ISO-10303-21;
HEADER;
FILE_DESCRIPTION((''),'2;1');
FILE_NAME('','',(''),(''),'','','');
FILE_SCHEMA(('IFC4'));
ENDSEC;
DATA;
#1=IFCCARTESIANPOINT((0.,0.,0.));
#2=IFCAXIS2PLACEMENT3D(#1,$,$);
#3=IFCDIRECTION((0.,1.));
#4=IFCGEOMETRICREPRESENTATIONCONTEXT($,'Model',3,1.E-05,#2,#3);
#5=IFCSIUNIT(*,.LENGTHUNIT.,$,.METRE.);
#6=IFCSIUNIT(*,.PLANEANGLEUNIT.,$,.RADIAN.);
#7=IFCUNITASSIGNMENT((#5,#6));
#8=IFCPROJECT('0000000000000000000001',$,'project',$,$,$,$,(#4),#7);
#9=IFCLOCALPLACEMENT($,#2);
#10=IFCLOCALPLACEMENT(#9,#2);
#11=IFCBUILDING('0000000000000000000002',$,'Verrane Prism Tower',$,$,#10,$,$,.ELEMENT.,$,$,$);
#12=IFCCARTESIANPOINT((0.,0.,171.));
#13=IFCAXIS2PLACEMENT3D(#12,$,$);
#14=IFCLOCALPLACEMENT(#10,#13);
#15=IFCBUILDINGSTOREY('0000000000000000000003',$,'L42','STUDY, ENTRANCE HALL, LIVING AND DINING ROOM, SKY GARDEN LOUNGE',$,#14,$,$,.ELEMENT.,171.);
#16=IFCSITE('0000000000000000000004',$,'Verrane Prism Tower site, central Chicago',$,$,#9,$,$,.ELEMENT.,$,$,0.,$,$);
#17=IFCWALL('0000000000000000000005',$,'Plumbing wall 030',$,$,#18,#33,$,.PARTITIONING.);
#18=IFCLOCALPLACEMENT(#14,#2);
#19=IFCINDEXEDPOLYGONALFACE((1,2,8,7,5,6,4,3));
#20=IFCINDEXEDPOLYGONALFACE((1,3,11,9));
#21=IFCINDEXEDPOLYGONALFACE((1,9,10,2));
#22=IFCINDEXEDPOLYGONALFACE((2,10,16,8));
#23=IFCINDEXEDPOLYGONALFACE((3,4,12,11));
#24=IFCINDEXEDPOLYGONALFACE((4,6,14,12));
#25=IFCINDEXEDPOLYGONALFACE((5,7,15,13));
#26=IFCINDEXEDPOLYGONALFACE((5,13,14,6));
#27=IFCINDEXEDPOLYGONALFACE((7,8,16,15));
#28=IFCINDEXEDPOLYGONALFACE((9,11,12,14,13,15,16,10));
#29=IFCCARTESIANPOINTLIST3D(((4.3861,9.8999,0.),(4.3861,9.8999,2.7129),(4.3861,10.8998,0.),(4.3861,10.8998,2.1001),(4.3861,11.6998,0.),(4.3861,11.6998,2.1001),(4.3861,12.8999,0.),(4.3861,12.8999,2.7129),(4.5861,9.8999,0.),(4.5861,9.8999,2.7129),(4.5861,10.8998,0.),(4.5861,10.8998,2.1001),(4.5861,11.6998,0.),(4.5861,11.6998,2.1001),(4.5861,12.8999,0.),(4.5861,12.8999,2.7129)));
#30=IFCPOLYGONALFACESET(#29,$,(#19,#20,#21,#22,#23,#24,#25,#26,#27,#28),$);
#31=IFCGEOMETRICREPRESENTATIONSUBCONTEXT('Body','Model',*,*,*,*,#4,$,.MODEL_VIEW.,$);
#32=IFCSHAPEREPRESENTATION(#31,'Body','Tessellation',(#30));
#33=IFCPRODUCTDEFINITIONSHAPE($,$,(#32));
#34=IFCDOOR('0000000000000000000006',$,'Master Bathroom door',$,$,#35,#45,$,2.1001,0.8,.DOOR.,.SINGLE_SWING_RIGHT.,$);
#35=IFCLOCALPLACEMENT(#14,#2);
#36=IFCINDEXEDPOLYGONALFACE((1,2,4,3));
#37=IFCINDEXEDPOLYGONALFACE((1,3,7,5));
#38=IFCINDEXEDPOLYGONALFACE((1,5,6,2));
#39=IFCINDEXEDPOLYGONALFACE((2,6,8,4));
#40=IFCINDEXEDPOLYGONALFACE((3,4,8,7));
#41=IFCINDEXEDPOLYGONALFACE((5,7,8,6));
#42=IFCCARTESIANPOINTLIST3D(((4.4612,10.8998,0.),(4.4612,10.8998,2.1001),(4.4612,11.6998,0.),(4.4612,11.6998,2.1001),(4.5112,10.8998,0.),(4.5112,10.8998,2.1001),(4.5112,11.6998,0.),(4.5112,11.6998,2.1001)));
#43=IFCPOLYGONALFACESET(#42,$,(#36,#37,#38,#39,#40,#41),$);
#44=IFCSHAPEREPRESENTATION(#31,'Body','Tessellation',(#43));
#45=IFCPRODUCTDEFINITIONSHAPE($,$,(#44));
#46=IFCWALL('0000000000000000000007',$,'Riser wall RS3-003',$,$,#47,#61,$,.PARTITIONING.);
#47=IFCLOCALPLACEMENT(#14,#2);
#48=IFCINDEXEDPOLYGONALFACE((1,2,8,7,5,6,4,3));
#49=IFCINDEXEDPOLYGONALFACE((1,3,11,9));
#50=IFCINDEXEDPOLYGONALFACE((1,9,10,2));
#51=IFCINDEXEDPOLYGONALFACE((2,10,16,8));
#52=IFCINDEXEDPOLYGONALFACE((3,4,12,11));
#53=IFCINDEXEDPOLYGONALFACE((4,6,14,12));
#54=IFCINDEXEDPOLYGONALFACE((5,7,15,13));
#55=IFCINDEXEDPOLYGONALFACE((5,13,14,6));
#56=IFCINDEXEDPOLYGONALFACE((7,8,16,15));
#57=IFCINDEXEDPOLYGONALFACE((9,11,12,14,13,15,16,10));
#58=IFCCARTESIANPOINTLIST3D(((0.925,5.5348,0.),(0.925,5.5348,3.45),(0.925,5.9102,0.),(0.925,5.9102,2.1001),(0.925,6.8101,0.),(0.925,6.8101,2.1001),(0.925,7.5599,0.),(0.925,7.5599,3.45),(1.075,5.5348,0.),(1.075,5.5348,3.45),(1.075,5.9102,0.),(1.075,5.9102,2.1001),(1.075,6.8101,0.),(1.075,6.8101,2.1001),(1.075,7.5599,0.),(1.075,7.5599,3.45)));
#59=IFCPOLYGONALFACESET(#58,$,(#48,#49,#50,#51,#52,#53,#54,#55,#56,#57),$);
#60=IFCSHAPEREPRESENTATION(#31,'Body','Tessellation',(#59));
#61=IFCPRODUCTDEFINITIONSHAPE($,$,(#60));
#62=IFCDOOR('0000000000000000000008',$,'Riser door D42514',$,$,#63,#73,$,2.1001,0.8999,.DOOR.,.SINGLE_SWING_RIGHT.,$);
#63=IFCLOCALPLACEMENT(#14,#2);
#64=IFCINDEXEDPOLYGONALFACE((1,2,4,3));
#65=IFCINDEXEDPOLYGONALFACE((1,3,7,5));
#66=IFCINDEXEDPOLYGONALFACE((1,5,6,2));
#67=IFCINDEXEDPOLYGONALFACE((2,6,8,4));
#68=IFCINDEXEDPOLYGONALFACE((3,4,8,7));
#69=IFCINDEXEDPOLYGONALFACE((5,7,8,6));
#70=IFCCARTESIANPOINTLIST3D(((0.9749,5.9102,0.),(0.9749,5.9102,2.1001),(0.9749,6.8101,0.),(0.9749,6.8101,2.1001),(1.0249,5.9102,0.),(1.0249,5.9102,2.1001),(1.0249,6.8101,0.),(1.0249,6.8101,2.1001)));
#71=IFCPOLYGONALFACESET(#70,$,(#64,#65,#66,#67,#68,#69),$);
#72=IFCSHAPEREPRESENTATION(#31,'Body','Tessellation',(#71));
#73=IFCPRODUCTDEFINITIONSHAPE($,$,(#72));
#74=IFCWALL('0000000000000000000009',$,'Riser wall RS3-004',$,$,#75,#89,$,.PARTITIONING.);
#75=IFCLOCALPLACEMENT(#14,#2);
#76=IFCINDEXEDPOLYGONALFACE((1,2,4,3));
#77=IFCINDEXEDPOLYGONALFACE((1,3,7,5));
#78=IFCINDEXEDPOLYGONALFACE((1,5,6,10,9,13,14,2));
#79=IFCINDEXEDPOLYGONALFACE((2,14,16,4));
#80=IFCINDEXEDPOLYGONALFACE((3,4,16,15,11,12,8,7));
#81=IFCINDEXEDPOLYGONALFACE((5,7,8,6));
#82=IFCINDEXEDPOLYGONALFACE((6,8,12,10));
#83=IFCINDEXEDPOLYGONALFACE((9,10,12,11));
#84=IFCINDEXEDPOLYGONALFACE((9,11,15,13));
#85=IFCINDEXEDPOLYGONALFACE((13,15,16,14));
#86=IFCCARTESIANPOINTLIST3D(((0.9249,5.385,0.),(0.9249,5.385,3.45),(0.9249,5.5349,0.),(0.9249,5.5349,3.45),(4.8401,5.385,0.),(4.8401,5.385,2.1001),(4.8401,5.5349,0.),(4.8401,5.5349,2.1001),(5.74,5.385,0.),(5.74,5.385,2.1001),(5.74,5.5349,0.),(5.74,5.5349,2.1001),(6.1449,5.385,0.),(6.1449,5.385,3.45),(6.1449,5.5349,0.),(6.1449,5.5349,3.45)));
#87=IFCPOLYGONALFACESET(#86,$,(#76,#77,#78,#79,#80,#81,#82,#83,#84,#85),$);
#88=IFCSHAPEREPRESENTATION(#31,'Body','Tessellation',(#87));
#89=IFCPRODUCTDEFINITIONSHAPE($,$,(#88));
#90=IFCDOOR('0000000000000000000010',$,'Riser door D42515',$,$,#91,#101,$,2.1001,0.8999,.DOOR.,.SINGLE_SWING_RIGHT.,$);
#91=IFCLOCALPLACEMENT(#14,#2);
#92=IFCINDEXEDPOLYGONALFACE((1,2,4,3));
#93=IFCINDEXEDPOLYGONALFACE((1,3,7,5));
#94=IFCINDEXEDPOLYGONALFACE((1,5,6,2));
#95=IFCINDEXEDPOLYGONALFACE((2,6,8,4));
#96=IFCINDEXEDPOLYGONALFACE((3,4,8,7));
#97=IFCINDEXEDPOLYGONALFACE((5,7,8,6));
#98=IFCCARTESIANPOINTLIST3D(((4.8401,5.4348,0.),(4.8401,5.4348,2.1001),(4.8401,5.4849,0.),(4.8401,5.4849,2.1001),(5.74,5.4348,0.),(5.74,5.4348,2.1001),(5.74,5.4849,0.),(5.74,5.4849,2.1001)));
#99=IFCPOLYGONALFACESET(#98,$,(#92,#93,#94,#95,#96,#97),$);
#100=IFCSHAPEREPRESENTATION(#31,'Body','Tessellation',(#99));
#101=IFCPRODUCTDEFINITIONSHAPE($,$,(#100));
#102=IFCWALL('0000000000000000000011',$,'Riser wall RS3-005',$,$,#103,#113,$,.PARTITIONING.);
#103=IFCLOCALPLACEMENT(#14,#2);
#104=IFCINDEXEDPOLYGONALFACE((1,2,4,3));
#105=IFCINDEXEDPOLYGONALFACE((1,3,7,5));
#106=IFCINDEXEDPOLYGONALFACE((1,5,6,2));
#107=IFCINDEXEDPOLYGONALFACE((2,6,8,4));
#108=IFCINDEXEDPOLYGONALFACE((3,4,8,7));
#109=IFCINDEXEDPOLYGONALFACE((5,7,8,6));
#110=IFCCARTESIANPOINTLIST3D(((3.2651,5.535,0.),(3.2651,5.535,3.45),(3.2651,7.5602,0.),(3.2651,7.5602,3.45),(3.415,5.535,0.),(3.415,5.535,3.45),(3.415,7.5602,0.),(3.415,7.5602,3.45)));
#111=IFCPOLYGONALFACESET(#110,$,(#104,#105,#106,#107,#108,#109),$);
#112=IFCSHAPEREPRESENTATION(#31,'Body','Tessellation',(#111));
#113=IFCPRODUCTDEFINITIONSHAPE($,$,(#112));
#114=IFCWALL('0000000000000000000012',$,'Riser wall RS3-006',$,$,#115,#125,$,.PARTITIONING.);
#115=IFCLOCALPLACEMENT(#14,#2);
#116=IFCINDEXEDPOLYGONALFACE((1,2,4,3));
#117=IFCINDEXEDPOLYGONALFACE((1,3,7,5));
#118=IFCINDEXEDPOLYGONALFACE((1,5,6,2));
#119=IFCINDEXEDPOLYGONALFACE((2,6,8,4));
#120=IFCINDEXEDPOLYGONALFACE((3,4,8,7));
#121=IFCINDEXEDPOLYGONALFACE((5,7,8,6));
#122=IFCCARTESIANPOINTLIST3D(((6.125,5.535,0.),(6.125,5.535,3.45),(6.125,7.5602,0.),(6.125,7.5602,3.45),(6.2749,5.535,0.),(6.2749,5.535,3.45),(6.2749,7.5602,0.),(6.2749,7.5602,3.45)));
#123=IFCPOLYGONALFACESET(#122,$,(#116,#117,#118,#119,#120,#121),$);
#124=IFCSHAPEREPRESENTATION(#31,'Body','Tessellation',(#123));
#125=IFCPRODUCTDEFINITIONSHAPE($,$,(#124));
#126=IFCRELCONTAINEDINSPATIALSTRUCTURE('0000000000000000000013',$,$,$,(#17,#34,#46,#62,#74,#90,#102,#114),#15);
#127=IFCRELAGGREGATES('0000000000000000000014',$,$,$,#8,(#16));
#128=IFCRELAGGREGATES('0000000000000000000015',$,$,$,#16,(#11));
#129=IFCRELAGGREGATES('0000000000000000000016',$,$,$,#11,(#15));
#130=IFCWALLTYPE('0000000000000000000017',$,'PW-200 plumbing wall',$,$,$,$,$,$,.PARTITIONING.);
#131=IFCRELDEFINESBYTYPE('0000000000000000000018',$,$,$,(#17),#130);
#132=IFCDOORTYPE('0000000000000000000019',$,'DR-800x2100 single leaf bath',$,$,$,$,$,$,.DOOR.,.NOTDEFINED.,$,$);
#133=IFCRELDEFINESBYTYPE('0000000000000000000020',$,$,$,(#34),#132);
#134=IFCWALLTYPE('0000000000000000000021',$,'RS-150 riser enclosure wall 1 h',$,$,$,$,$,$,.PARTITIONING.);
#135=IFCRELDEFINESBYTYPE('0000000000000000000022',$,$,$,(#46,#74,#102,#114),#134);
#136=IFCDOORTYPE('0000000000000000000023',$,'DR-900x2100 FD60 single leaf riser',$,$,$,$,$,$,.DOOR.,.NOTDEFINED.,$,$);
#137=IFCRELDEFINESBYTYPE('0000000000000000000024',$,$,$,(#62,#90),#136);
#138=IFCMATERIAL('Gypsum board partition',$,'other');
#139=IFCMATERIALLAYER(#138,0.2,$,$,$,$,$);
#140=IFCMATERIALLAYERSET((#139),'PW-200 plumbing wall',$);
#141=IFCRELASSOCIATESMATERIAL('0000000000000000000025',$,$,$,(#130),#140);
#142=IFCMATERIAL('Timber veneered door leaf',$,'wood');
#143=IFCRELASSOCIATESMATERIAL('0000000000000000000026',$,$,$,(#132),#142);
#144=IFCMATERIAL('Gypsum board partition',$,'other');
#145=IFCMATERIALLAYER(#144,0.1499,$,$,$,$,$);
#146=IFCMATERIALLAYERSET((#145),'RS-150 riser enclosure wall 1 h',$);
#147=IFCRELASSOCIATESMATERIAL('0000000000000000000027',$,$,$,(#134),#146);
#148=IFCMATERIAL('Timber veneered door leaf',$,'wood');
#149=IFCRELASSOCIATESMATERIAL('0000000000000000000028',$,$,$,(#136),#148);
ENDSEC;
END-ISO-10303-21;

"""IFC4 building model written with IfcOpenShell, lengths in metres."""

from ifc_helpers import new_model, si_unit, direction, frame, frame_2d, origin, place, context, subcontext, project, spatial, rectangle, extrude, material, layer, layer_set, type_object, element, fill, save


model = new_model("IFC4")

# Units and contexts
model_context = context("Model", 3, precision=1e-05, world=origin(), true_north=direction((0.0, 1.0)))
body_context = subcontext(model_context, "Body", "Model", "MODEL_VIEW")
ifc_project = project(units=[si_unit("LENGTHUNIT", "METRE"), si_unit("PLANEANGLEUNIT", "RADIAN")], contexts=[model_context])

# Site, building, storey
site_placement = place(None, origin())
site = spatial("IfcSite", under=ifc_project, at=site_placement, Name="Verrane Prism Tower site, central Chicago", CompositionType="ELEMENT", RefElevation=0.0)
building_placement = place(site_placement, origin())
building = spatial("IfcBuilding", under=site, at=building_placement, Name="Verrane Prism Tower", CompositionType="ELEMENT")
storey_placement = place(building_placement, frame((0.0, 0.0, 171.0)))
storey = spatial("IfcBuildingStorey", under=building, at=storey_placement, Name="L42", Description="STUDY, ENTRANCE HALL, LIVING AND DINING ROOM, SKY GARDEN LOUNGE", CompositionType="ELEMENT", Elevation=171.0)

# Shared definitions
ifc_material_1 = material(Name="Gypsum board partition", Category="other")
ifc_layer_1 = layer(ifc_material_1, 0.2)
ifc_layer_set_1 = layer_set([ifc_layer_1], Name="PW-200 plumbing wall")
wall_type_1 = type_object("IfcWallType", Name="PW-200 plumbing wall", PredefinedType="PARTITIONING", material=ifc_layer_set_1)
ifc_material_2 = material(Name="Timber veneered door leaf", Category="wood")
door_type_1 = type_object("IfcDoorType", Name="DR-800x2100 single leaf bath", OperationType="NOTDEFINED", PredefinedType="DOOR", material=ifc_material_2)

# Walls, openings, doors
wall_1_placement = place(storey_placement, frame((4.4861, 9.8999, 0.0), z_axis=(0.0, 0.0, 1.0), x_axis=(0.0, 1.0, 0.0)))
wall_1 = element("IfcWall", 1, at=wall_1_placement, inside=storey, type_object=wall_type_1, Name="Plumbing wall 030", PredefinedType="PARTITIONING", context=body_context, shape_type="SweptSolid", body=[
    extrude(rectangle(XDim=3.0, YDim=0.2, at=frame_2d((1.5, 0.0))), origin(), (0.0, 0.0, 1.0), 2.7129),
])
opening_1_placement = place(wall_1_placement, frame((1.0, 0.0, 0.0)))
opening_1 = element("IfcOpeningElement", 2, at=opening_1_placement, cuts=wall_1, PredefinedType="OPENING", context=body_context, shape_type="SweptSolid", body=[
    extrude(rectangle(XDim=0.8, YDim=2.1001, at=frame_2d((0.3999, 1.05))), frame((0.0, 0.1099, 0.0), z_axis=(0.0, -1.0, 0.0), x_axis=(1.0, 0.0, 0.0)), (0.0, 0.0, 1.0), 0.22),
])
door_1_placement = place(opening_1_placement, origin())
door_1 = element("IfcDoor", 3, at=door_1_placement, inside=storey, type_object=door_type_1, Name="Master Bathroom door", OperationType="SINGLE_SWING_RIGHT", OverallHeight=2.1001, OverallWidth=0.8, PredefinedType="DOOR", context=body_context, shape_type="SweptSolid", body=[
    extrude(rectangle(XDim=0.8, YDim=2.1001, at=frame_2d((0.3999, 1.05))), frame((0.0, 0.0249, 0.0), z_axis=(0.0, -1.0, 0.0), x_axis=(1.0, 0.0, 0.0)), (0.0, 0.0, 1.0), 0.05),
])
fill(opening_1, door_1)
ifc_material_3 = material(Name="Gypsum board partition", Category="other")
ifc_layer_2 = layer(ifc_material_3, 0.1499)
ifc_layer_set_2 = layer_set([ifc_layer_2], Name="RS-150 riser enclosure wall 1 h")
wall_type_2 = type_object("IfcWallType", Name="RS-150 riser enclosure wall 1 h", PredefinedType="PARTITIONING", material=ifc_layer_set_2)
wall_2_placement = place(storey_placement, frame((1.0, 7.5601, 0.0), z_axis=(0.0, 0.0, 1.0), x_axis=(0.0, -1.0, 0.0)))
wall_2 = element("IfcWall", 4, at=wall_2_placement, inside=storey, type_object=wall_type_2, Name="Riser wall RS3-003", PredefinedType="PARTITIONING", context=body_context, shape_type="SweptSolid", body=[
    extrude(rectangle(XDim=2.0251, YDim=0.1499, at=frame_2d((1.0127, 0.0))), origin(), (0.0, 0.0, 1.0), 3.45),
])
opening_2_placement = place(wall_2_placement, frame((0.75, 0.0, 0.0)))
opening_2 = element("IfcOpeningElement", 5, at=opening_2_placement, cuts=wall_2, PredefinedType="OPENING", context=body_context, shape_type="SweptSolid", body=[
    extrude(rectangle(XDim=0.8999, YDim=2.1001, at=frame_2d((0.45, 1.05))), frame((0.0, 0.085, 0.0), z_axis=(0.0, -1.0, 0.0), x_axis=(1.0, 0.0, 0.0)), (0.0, 0.0, 1.0), 0.1699),
])
ifc_material_4 = material(Name="Timber veneered door leaf", Category="wood")
door_type_2 = type_object("IfcDoorType", Name="DR-900x2100 FD60 single leaf riser", OperationType="NOTDEFINED", PredefinedType="DOOR", material=ifc_material_4)
door_2_placement = place(opening_2_placement, origin())
door_2 = element("IfcDoor", 6, at=door_2_placement, inside=storey, type_object=door_type_2, Name="Riser door D42514", OperationType="SINGLE_SWING_RIGHT", OverallHeight=2.1001, OverallWidth=0.8999, PredefinedType="DOOR", context=body_context, shape_type="SweptSolid", body=[
    extrude(rectangle(XDim=0.8999, YDim=2.1001, at=frame_2d((0.45, 1.05))), frame((0.0, 0.0249, 0.0), z_axis=(0.0, -1.0, 0.0), x_axis=(1.0, 0.0, 0.0)), (0.0, 0.0, 1.0), 0.05),
])
fill(opening_2, door_2)
wall_3_placement = place(storey_placement, frame((0.925, 5.46, 0.0), z_axis=(0.0, 0.0, 1.0), x_axis=(1.0, 0.0, 0.0)))
wall_3 = element("IfcWall", 7, at=wall_3_placement, inside=storey, type_object=wall_type_2, Name="Riser wall RS3-004", PredefinedType="PARTITIONING", context=body_context, shape_type="SweptSolid", body=[
    extrude(rectangle(XDim=5.22, YDim=0.1499, at=frame_2d((2.6099, 0.0))), origin(), (0.0, 0.0, 1.0), 3.45),
])
opening_3_placement = place(wall_3_placement, frame((3.915, 0.0, 0.0)))
opening_3 = element("IfcOpeningElement", 8, at=opening_3_placement, cuts=wall_3, PredefinedType="OPENING", context=body_context, shape_type="SweptSolid", body=[
    extrude(rectangle(XDim=0.8999, YDim=2.1001, at=frame_2d((0.45, 1.05))), frame((0.0, 0.085, 0.0), z_axis=(0.0, -1.0, 0.0), x_axis=(1.0, 0.0, 0.0)), (0.0, 0.0, 1.0), 0.1699),
])
door_3_placement = place(opening_3_placement, origin())
door_3 = element("IfcDoor", 9, at=door_3_placement, inside=storey, type_object=door_type_2, Name="Riser door D42515", OperationType="SINGLE_SWING_RIGHT", OverallHeight=2.1001, OverallWidth=0.8999, PredefinedType="DOOR", context=body_context, shape_type="SweptSolid", body=[
    extrude(rectangle(XDim=0.8999, YDim=2.1001, at=frame_2d((0.45, 1.05))), frame((0.0, 0.0249, 0.0), z_axis=(0.0, -1.0, 0.0), x_axis=(1.0, 0.0, 0.0)), (0.0, 0.0, 1.0), 0.05),
])
fill(opening_3, door_3)

# Walls
for number, where, z_axis, x_axis, name in (
    (10, (3.3401, 5.5349, 0.0), (0.0, 0.0, 1.0), (0.0, 1.0, 0.0), "Riser wall RS3-005"),
    (11, (6.2, 5.5349, 0.0), (0.0, 0.0, 1.0), (0.0, 1.0, 0.0), "Riser wall RS3-006"),
):
    element("IfcWall", number, at=place(storey_placement, frame(where, z_axis=z_axis, x_axis=x_axis)), inside=storey, type_object=wall_type_2, Name=name, PredefinedType="PARTITIONING", context=body_context, shape_type="SweptSolid", body=[
        extrude(rectangle(XDim=2.0251, YDim=0.1499, at=frame_2d((1.0127, 0.0))), origin(), (0.0, 0.0, 1.0), 3.45),
    ])

save(model, "model.ifc")
